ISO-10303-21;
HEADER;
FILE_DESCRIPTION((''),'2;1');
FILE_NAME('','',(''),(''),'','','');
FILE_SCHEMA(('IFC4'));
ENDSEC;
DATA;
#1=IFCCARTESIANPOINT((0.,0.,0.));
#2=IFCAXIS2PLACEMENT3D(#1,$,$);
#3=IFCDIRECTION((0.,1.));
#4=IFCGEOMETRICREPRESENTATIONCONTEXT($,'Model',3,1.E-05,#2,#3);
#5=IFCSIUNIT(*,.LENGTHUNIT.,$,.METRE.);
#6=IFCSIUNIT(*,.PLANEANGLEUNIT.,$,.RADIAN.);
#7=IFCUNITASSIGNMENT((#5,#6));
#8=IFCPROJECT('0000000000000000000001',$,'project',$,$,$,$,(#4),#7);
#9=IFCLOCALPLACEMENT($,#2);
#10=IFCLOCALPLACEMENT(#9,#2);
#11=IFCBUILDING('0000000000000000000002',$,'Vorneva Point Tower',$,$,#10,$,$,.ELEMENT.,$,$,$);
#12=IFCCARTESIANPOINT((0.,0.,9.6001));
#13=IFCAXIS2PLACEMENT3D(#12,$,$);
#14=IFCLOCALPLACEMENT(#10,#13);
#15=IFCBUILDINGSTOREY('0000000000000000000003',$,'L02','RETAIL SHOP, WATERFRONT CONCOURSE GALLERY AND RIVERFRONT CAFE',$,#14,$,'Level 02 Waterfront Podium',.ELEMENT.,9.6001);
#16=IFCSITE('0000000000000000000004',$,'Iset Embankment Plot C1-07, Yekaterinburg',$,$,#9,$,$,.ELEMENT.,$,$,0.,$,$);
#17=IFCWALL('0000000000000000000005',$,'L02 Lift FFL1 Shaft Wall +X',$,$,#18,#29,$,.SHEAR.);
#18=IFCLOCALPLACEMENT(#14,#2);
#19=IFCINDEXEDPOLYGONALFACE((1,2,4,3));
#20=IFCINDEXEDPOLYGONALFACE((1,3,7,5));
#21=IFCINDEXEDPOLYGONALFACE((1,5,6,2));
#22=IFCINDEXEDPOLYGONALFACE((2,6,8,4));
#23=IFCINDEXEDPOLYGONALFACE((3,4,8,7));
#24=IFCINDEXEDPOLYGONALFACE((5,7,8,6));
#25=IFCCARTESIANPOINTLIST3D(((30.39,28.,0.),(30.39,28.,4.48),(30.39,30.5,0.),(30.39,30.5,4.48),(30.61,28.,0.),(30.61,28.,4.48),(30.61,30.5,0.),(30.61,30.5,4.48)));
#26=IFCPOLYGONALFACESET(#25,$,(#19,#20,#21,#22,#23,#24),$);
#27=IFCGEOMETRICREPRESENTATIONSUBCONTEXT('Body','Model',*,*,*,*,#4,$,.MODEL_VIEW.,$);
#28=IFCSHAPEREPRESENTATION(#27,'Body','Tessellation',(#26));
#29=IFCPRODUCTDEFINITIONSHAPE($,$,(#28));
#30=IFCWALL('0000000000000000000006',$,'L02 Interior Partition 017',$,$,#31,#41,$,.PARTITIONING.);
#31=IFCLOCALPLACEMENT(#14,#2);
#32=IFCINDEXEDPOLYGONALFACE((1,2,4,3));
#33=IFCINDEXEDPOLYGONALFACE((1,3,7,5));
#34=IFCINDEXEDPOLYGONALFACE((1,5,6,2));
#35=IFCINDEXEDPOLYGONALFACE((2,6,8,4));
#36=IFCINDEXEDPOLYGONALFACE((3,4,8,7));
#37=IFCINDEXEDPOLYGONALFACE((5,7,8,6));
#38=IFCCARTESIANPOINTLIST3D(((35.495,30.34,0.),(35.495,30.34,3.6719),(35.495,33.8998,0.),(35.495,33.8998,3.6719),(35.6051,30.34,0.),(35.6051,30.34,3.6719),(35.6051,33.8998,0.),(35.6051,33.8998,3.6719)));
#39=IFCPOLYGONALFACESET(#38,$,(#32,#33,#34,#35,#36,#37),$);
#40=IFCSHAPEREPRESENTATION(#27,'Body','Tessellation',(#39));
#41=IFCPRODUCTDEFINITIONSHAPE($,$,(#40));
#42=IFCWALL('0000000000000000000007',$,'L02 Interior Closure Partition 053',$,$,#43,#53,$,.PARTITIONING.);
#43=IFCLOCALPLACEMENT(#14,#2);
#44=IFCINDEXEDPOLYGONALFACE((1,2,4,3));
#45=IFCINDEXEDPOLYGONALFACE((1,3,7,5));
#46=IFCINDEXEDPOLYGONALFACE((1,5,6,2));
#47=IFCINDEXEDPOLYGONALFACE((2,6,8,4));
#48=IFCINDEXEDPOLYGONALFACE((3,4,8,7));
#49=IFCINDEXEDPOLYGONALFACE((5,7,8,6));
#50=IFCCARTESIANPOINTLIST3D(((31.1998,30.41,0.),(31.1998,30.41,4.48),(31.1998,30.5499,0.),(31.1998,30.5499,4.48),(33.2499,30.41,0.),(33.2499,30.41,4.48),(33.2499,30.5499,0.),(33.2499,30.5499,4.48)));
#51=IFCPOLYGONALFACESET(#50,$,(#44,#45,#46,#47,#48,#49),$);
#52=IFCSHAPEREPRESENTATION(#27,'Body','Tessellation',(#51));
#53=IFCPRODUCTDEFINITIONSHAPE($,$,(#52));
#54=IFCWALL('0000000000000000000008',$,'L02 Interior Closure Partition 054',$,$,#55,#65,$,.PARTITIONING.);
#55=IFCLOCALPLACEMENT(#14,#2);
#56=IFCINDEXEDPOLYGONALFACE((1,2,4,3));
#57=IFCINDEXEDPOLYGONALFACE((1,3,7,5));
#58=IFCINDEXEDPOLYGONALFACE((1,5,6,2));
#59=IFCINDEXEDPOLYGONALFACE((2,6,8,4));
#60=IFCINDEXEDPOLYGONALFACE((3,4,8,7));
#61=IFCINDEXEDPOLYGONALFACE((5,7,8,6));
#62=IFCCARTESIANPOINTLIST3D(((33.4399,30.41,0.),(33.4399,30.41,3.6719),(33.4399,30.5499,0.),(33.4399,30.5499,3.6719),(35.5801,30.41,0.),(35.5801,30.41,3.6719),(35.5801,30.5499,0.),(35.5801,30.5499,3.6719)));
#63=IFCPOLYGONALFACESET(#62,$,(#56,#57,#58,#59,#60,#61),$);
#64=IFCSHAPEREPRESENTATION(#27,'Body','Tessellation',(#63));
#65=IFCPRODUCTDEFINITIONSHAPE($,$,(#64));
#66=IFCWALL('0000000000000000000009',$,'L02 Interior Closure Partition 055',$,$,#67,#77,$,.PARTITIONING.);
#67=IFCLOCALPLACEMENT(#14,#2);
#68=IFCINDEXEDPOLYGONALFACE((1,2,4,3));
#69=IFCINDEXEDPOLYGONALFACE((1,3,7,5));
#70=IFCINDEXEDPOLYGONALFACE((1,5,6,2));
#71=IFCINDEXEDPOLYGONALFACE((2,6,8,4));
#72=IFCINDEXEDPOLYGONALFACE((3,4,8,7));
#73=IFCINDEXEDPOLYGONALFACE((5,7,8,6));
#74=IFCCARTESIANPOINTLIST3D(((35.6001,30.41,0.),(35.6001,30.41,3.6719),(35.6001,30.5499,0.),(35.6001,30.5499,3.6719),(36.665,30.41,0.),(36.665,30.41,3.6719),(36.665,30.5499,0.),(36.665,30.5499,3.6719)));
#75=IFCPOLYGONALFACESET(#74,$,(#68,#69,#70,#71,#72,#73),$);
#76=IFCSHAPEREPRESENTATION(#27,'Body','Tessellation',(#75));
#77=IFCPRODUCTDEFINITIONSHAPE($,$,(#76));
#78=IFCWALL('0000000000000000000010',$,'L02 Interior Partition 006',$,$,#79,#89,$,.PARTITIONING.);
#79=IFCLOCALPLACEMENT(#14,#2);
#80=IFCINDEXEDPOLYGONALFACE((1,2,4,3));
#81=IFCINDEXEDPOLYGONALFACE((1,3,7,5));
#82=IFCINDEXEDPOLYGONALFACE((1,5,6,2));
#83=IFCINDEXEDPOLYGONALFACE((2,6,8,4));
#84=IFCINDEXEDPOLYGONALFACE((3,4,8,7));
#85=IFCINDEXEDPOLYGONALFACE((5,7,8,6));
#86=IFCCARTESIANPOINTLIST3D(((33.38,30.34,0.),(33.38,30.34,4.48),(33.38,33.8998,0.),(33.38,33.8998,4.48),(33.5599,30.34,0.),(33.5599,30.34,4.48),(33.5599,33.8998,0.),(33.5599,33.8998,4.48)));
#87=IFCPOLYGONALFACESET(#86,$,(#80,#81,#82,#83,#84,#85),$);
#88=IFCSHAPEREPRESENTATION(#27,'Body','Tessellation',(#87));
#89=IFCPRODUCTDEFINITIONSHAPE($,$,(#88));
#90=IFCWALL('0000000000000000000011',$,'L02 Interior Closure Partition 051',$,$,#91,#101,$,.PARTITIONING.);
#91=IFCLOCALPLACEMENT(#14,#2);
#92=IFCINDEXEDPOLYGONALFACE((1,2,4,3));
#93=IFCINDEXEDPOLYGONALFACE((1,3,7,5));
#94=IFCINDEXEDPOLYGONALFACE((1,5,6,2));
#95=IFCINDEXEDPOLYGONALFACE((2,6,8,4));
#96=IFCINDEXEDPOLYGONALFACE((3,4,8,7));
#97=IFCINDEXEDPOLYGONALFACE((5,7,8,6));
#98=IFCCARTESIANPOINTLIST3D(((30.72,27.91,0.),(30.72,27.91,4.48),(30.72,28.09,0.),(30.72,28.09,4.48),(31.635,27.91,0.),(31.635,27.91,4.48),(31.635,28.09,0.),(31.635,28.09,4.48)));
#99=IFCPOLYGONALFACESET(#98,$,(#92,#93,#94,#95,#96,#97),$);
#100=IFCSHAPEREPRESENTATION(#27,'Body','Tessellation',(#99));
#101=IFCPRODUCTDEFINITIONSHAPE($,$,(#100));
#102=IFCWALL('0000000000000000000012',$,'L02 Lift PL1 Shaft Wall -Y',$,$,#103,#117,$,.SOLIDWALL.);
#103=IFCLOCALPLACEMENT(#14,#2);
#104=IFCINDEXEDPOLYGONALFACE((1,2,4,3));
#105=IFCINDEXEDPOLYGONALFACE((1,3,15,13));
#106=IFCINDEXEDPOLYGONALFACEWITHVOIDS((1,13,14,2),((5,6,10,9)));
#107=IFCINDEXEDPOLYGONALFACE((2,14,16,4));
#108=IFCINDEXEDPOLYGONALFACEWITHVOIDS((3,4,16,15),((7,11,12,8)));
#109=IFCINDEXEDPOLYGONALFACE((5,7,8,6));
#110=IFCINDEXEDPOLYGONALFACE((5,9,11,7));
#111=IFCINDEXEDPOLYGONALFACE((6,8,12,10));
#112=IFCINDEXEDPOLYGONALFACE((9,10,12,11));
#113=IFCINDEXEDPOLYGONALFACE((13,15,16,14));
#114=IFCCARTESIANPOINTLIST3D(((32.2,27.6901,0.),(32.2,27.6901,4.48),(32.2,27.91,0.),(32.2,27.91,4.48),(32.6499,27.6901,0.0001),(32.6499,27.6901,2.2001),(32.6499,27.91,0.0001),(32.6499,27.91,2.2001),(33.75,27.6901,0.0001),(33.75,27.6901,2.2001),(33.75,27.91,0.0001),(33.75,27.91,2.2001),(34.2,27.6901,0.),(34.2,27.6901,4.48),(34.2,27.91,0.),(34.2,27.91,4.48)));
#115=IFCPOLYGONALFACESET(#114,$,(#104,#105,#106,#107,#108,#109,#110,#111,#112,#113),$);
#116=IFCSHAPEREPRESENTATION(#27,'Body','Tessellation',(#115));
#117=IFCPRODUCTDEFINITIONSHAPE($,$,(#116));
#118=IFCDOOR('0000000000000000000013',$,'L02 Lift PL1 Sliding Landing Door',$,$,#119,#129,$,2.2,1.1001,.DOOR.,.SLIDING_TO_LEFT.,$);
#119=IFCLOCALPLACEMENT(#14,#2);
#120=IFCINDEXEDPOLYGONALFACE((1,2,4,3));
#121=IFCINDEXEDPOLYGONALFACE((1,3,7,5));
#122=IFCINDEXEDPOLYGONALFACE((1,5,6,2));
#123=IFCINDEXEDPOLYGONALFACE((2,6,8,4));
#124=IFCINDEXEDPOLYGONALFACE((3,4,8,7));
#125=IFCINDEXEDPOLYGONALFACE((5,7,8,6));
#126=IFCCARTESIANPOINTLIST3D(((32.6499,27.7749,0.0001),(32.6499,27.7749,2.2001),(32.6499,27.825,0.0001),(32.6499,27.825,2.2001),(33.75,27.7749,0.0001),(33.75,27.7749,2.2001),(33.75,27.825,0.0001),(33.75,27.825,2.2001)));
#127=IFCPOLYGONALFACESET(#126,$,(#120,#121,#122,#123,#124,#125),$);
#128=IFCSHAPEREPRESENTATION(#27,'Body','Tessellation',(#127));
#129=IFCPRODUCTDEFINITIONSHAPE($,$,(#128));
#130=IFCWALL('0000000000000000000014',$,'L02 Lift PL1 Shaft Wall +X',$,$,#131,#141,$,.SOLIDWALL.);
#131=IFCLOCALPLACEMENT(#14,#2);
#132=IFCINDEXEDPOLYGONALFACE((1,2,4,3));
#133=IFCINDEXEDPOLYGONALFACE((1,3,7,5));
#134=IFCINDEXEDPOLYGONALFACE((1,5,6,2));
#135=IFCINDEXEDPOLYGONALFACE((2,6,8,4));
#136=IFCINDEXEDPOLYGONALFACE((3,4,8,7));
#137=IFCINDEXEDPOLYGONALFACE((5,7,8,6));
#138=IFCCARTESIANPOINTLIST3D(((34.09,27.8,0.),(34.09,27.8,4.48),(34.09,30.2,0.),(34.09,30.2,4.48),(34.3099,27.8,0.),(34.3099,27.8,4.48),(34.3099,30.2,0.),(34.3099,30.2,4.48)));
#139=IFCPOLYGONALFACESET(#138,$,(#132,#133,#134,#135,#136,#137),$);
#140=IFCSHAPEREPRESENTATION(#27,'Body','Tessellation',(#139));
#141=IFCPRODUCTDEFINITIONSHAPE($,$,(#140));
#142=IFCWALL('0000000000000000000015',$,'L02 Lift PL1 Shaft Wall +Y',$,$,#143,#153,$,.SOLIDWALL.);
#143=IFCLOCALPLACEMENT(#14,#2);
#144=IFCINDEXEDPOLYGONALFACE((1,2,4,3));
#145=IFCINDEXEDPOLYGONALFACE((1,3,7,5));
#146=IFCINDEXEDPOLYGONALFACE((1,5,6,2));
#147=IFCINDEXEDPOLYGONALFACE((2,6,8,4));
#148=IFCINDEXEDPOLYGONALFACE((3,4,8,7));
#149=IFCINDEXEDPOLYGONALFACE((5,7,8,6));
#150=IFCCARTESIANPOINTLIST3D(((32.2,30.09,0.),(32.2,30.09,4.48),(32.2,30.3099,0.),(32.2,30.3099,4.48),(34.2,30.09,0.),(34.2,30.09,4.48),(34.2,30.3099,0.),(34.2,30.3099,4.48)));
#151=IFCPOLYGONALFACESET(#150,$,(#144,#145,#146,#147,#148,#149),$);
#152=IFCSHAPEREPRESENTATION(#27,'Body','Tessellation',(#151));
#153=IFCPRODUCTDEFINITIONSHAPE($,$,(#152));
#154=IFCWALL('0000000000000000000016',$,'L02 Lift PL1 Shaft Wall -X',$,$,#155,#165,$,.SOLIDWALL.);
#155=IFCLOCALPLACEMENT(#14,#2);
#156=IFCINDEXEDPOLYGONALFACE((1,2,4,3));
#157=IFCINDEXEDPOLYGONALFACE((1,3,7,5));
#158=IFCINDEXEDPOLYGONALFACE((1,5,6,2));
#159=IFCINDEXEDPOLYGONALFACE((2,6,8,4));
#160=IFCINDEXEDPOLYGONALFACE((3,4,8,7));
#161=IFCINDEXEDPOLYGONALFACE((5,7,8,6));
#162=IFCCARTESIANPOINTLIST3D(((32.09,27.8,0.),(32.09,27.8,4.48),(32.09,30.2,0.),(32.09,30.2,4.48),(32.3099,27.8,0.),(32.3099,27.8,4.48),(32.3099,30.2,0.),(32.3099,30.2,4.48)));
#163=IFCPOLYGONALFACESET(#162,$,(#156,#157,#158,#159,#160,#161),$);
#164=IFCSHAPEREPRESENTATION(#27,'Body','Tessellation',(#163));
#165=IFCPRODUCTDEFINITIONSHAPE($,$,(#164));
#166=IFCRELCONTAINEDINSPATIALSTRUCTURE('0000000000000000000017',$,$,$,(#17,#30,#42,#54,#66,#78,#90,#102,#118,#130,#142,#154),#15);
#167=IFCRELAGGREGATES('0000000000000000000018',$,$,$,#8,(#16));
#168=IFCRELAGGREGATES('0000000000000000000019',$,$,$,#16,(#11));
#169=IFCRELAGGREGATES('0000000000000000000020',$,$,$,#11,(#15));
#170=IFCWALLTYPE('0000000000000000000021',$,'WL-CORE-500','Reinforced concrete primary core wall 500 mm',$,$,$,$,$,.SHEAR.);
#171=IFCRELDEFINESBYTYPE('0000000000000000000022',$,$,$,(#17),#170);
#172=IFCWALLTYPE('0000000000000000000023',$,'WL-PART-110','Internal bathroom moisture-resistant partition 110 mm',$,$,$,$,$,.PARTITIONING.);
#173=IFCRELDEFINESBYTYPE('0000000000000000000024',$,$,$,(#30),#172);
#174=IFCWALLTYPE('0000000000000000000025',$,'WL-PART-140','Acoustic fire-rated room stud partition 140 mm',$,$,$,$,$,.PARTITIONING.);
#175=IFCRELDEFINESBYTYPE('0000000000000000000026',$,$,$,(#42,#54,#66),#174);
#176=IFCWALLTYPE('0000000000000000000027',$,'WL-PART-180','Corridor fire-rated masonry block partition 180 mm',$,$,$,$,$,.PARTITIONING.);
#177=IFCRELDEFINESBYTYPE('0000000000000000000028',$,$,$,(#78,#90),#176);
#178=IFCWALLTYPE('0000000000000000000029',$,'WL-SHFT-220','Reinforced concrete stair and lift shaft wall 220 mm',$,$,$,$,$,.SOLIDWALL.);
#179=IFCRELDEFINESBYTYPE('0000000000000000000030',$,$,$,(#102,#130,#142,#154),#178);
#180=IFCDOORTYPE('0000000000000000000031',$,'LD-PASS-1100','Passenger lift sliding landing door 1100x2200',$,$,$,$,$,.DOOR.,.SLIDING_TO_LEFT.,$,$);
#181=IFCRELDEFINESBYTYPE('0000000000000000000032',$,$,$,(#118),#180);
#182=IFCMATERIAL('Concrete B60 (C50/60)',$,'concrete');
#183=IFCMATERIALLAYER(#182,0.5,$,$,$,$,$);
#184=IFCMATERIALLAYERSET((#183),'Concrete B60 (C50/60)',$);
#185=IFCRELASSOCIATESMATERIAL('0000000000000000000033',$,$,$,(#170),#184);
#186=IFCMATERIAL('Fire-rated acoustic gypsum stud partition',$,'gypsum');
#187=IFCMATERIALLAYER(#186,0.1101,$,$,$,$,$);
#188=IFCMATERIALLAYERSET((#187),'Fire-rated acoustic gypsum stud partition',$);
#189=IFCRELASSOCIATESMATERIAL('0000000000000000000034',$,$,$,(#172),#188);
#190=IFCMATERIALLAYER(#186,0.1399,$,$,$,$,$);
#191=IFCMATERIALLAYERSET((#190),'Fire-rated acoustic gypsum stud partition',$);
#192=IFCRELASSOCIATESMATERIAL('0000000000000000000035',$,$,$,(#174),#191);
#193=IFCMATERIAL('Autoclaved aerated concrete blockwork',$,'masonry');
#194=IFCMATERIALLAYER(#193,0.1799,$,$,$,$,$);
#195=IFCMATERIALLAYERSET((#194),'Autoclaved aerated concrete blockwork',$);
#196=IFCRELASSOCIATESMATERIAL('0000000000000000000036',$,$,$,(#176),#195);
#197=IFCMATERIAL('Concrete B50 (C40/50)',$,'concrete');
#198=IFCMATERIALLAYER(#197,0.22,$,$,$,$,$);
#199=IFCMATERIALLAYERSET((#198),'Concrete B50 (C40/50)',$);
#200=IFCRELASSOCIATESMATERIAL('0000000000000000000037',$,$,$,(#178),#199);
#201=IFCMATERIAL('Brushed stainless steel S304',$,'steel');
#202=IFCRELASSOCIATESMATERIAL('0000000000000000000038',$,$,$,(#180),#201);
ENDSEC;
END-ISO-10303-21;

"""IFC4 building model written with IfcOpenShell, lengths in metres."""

from ifc_helpers import new_model, si_unit, direction, frame, frame_2d, origin, place, context, subcontext, project, spatial, rectangle, extrude, material, layer, layer_set, type_object, element, fill, save


model = new_model("IFC4")

# Units and contexts
model_context = context("Model", 3, precision=1e-05, world=origin(), true_north=direction((0.0, 1.0)))
body_context = subcontext(model_context, "Body", "Model", "MODEL_VIEW")
ifc_project = project(units=[si_unit("LENGTHUNIT", "METRE"), si_unit("PLANEANGLEUNIT", "RADIAN")], contexts=[model_context])

# Site, building, storey
site_placement = place(None, origin())
site = spatial("IfcSite", under=ifc_project, at=site_placement, Name="Iset Embankment Plot C1-07, Yekaterinburg", CompositionType="ELEMENT", RefElevation=0.0)
building_placement = place(site_placement, origin())
building = spatial("IfcBuilding", under=site, at=building_placement, Name="Vorneva Point Tower", CompositionType="ELEMENT")
storey_placement = place(building_placement, frame((0.0, 0.0, 9.6001)))
storey = spatial("IfcBuildingStorey", under=building, at=storey_placement, Name="L02", Description="RETAIL SHOP, WATERFRONT CONCOURSE GALLERY AND RIVERFRONT CAFE", LongName="Level 02 Waterfront Podium", CompositionType="ELEMENT", Elevation=9.6001)

# Walls
ifc_material_1 = material(Name="Concrete B60 (C50/60)", Category="concrete")
ifc_layer_1 = layer(ifc_material_1, 0.5)
ifc_layer_set_1 = layer_set([ifc_layer_1], Name="Concrete B60 (C50/60)")
wall_type_1 = type_object("IfcWallType", Name="WL-CORE-500", Description="Reinforced concrete primary core wall 500 mm", PredefinedType="SHEAR", material=ifc_layer_set_1)
wall_1_placement = place(storey_placement, frame((30.5, 28.0, 0.0), z_axis=(0.0, 0.0, 1.0), x_axis=(0.0, 1.0, 0.0)))
element("IfcWall", 1, at=wall_1_placement, inside=storey, type_object=wall_type_1, Name="L02 Lift FFL1 Shaft Wall +X", PredefinedType="SHEAR", context=body_context, shape_type="SweptSolid", body=[
    extrude(rectangle(XDim=2.5, YDim=0.22, at=frame_2d((1.25, 0.0))), origin(), (0.0, 0.0, 1.0), 4.48),
])
ifc_material_2 = material(Name="Fire-rated acoustic gypsum stud partition", Category="gypsum")
ifc_layer_2 = layer(ifc_material_2, 0.1101)
ifc_layer_set_2 = layer_set([ifc_layer_2], Name="Fire-rated acoustic gypsum stud partition")
wall_type_2 = type_object("IfcWallType", Name="WL-PART-110", Description="Internal bathroom moisture-resistant partition 110 mm", PredefinedType="PARTITIONING", material=ifc_layer_set_2)
wall_2_placement = place(storey_placement, frame((35.55, 30.3401, 0.0), z_axis=(0.0, 0.0, 1.0), x_axis=(0.0, 1.0, 0.0)))
element("IfcWall", 2, at=wall_2_placement, inside=storey, type_object=wall_type_2, Name="L02 Interior Partition 017", PredefinedType="PARTITIONING", context=body_context, shape_type="SweptSolid", body=[
    extrude(rectangle(XDim=3.5598, YDim=0.1101, at=frame_2d((1.7798, 0.0))), origin(), (0.0, 0.0, 1.0), 3.6719),
])
ifc_layer_3 = layer(ifc_material_2, 0.1399)
ifc_layer_set_3 = layer_set([ifc_layer_3], Name="Fire-rated acoustic gypsum stud partition")
wall_type_3 = type_object("IfcWallType", Name="WL-PART-140", Description="Acoustic fire-rated room stud partition 140 mm", PredefinedType="PARTITIONING", material=ifc_layer_set_3)
wall_3_placement = place(storey_placement, frame((31.2, 30.48, 0.0), z_axis=(0.0, 0.0, 1.0), x_axis=(1.0, 0.0, 0.0)))
element("IfcWall", 3, at=wall_3_placement, inside=storey, type_object=wall_type_3, Name="L02 Interior Closure Partition 053", PredefinedType="PARTITIONING", context=body_context, shape_type="SweptSolid", body=[
    extrude(rectangle(XDim=2.05, YDim=0.1399, at=frame_2d((1.0249, 0.0))), origin(), (0.0, 0.0, 1.0), 4.48),
])
wall_4_placement = place(storey_placement, frame((33.4399, 30.48, 0.0), z_axis=(0.0, 0.0, 1.0), x_axis=(1.0, 0.0, 0.0)))
element("IfcWall", 4, at=wall_4_placement, inside=storey, type_object=wall_type_3, Name="L02 Interior Closure Partition 054", PredefinedType="PARTITIONING", context=body_context, shape_type="SweptSolid", body=[
    extrude(rectangle(XDim=2.1401, YDim=0.1399, at=frame_2d((1.0701, 0.0))), origin(), (0.0, 0.0, 1.0), 3.6719),
])
wall_5_placement = place(storey_placement, frame((35.6001, 30.48, 0.0), z_axis=(0.0, 0.0, 1.0), x_axis=(1.0, 0.0, 0.0)))
element("IfcWall", 5, at=wall_5_placement, inside=storey, type_object=wall_type_3, Name="L02 Interior Closure Partition 055", PredefinedType="PARTITIONING", context=body_context, shape_type="SweptSolid", body=[
    extrude(rectangle(XDim=1.0649, YDim=0.1399, at=frame_2d((0.5325, 0.0))), origin(), (0.0, 0.0, 1.0), 3.6719),
])
ifc_material_3 = material(Name="Autoclaved aerated concrete blockwork", Category="masonry")
ifc_layer_4 = layer(ifc_material_3, 0.1799)
ifc_layer_set_4 = layer_set([ifc_layer_4], Name="Autoclaved aerated concrete blockwork")
wall_type_4 = type_object("IfcWallType", Name="WL-PART-180", Description="Corridor fire-rated masonry block partition 180 mm", PredefinedType="PARTITIONING", material=ifc_layer_set_4)
wall_6_placement = place(storey_placement, frame((33.47, 30.3401, 0.0), z_axis=(0.0, 0.0, 1.0), x_axis=(0.0, 1.0, 0.0)))
element("IfcWall", 6, at=wall_6_placement, inside=storey, type_object=wall_type_4, Name="L02 Interior Partition 006", PredefinedType="PARTITIONING", context=body_context, shape_type="SweptSolid", body=[
    extrude(rectangle(XDim=3.5598, YDim=0.1799, at=frame_2d((1.7798, 0.0))), origin(), (0.0, 0.0, 1.0), 4.48),
])
wall_7_placement = place(storey_placement, frame((31.635, 28.0, 0.0), z_axis=(0.0, 0.0, 1.0), x_axis=(-1.0, 0.0, 0.0)))
element("IfcWall", 7, at=wall_7_placement, inside=storey, type_object=wall_type_4, Name="L02 Interior Closure Partition 051", PredefinedType="PARTITIONING", context=body_context, shape_type="SweptSolid", body=[
    extrude(rectangle(XDim=0.915, YDim=0.1799, at=frame_2d((0.4575, 0.0))), origin(), (0.0, 0.0, 1.0), 4.48),
])

# Wall, opening, door
ifc_material_4 = material(Name="Concrete B50 (C40/50)", Category="concrete")
ifc_layer_5 = layer(ifc_material_4, 0.22)
ifc_layer_set_5 = layer_set([ifc_layer_5], Name="Concrete B50 (C40/50)")
wall_type_5 = type_object("IfcWallType", Name="WL-SHFT-220", Description="Reinforced concrete stair and lift shaft wall 220 mm", PredefinedType="SOLIDWALL", material=ifc_layer_set_5)
wall_8_placement = place(storey_placement, frame((32.2, 27.8, 0.0), z_axis=(0.0, 0.0, 1.0), x_axis=(1.0, 0.0, 0.0)))
wall_8 = element("IfcWall", 8, at=wall_8_placement, inside=storey, type_object=wall_type_5, Name="L02 Lift PL1 Shaft Wall -Y", PredefinedType="SOLIDWALL", context=body_context, shape_type="SweptSolid", body=[
    extrude(rectangle(XDim=2.0, YDim=0.22, at=frame_2d((1.0, 0.0))), origin(), (0.0, 0.0, 1.0), 4.48),
])
opening_1_placement = place(wall_8_placement, frame((0.45, 0.0, 0.0)))
opening_1 = element("IfcOpeningElement", 9, at=opening_1_placement, cuts=wall_8, PredefinedType="OPENING", context=body_context, shape_type="SweptSolid", body=[
    extrude(rectangle(XDim=1.1001, YDim=2.2, at=frame_2d((0.55, 1.1001))), frame((0.0, 0.125, 0.0), z_axis=(0.0, -1.0, 0.0), x_axis=(1.0, 0.0, 0.0)), (0.0, 0.0, 1.0), 0.2498),
])
ifc_material_5 = material(Name="Brushed stainless steel S304", Category="steel")
door_type = type_object("IfcDoorType", Name="LD-PASS-1100", Description="Passenger lift sliding landing door 1100x2200", OperationType="SLIDING_TO_LEFT", PredefinedType="DOOR", material=ifc_material_5)
door_1_placement = place(opening_1_placement, origin())
door_1 = element("IfcDoor", 10, at=door_1_placement, inside=storey, type_object=door_type, Name="L02 Lift PL1 Sliding Landing Door", OperationType="SLIDING_TO_LEFT", OverallHeight=2.2, OverallWidth=1.1001, PredefinedType="DOOR", context=body_context, shape_type="SweptSolid", body=[
    extrude(rectangle(XDim=1.1001, YDim=2.2, at=frame_2d((0.55, 1.1001))), frame((0.0, 0.0249, 0.0), z_axis=(0.0, -1.0, 0.0), x_axis=(1.0, 0.0, 0.0)), (0.0, 0.0, 1.0), 0.05),
])
fill(opening_1, door_1)

# Walls
wall_9_placement = place(storey_placement, frame((34.2, 27.8, 0.0), z_axis=(0.0, 0.0, 1.0), x_axis=(0.0, 1.0, 0.0)))
element("IfcWall", 11, at=wall_9_placement, inside=storey, type_object=wall_type_5, Name="L02 Lift PL1 Shaft Wall +X", PredefinedType="SOLIDWALL", context=body_context, shape_type="SweptSolid", body=[
    extrude(rectangle(XDim=2.3999, YDim=0.22, at=frame_2d((1.2, 0.0))), origin(), (0.0, 0.0, 1.0), 4.48),
])
wall_10_placement = place(storey_placement, frame((34.2, 30.2, 0.0), z_axis=(0.0, 0.0, 1.0), x_axis=(-1.0, 0.0, 0.0)))
element("IfcWall", 12, at=wall_10_placement, inside=storey, type_object=wall_type_5, Name="L02 Lift PL1 Shaft Wall +Y", PredefinedType="SOLIDWALL", context=body_context, shape_type="SweptSolid", body=[
    extrude(rectangle(XDim=2.0, YDim=0.22, at=frame_2d((1.0, 0.0))), origin(), (0.0, 0.0, 1.0), 4.48),
])
wall_11_placement = place(storey_placement, frame((32.2, 30.2, 0.0), z_axis=(0.0, 0.0, 1.0), x_axis=(0.0, -1.0, 0.0)))
element("IfcWall", 13, at=wall_11_placement, inside=storey, type_object=wall_type_5, Name="L02 Lift PL1 Shaft Wall -X", PredefinedType="SOLIDWALL", context=body_context, shape_type="SweptSolid", body=[
    extrude(rectangle(XDim=2.3999, YDim=0.22, at=frame_2d((1.2, 0.0))), origin(), (0.0, 0.0, 1.0), 4.48),
])

save(model, "model.ifc")
